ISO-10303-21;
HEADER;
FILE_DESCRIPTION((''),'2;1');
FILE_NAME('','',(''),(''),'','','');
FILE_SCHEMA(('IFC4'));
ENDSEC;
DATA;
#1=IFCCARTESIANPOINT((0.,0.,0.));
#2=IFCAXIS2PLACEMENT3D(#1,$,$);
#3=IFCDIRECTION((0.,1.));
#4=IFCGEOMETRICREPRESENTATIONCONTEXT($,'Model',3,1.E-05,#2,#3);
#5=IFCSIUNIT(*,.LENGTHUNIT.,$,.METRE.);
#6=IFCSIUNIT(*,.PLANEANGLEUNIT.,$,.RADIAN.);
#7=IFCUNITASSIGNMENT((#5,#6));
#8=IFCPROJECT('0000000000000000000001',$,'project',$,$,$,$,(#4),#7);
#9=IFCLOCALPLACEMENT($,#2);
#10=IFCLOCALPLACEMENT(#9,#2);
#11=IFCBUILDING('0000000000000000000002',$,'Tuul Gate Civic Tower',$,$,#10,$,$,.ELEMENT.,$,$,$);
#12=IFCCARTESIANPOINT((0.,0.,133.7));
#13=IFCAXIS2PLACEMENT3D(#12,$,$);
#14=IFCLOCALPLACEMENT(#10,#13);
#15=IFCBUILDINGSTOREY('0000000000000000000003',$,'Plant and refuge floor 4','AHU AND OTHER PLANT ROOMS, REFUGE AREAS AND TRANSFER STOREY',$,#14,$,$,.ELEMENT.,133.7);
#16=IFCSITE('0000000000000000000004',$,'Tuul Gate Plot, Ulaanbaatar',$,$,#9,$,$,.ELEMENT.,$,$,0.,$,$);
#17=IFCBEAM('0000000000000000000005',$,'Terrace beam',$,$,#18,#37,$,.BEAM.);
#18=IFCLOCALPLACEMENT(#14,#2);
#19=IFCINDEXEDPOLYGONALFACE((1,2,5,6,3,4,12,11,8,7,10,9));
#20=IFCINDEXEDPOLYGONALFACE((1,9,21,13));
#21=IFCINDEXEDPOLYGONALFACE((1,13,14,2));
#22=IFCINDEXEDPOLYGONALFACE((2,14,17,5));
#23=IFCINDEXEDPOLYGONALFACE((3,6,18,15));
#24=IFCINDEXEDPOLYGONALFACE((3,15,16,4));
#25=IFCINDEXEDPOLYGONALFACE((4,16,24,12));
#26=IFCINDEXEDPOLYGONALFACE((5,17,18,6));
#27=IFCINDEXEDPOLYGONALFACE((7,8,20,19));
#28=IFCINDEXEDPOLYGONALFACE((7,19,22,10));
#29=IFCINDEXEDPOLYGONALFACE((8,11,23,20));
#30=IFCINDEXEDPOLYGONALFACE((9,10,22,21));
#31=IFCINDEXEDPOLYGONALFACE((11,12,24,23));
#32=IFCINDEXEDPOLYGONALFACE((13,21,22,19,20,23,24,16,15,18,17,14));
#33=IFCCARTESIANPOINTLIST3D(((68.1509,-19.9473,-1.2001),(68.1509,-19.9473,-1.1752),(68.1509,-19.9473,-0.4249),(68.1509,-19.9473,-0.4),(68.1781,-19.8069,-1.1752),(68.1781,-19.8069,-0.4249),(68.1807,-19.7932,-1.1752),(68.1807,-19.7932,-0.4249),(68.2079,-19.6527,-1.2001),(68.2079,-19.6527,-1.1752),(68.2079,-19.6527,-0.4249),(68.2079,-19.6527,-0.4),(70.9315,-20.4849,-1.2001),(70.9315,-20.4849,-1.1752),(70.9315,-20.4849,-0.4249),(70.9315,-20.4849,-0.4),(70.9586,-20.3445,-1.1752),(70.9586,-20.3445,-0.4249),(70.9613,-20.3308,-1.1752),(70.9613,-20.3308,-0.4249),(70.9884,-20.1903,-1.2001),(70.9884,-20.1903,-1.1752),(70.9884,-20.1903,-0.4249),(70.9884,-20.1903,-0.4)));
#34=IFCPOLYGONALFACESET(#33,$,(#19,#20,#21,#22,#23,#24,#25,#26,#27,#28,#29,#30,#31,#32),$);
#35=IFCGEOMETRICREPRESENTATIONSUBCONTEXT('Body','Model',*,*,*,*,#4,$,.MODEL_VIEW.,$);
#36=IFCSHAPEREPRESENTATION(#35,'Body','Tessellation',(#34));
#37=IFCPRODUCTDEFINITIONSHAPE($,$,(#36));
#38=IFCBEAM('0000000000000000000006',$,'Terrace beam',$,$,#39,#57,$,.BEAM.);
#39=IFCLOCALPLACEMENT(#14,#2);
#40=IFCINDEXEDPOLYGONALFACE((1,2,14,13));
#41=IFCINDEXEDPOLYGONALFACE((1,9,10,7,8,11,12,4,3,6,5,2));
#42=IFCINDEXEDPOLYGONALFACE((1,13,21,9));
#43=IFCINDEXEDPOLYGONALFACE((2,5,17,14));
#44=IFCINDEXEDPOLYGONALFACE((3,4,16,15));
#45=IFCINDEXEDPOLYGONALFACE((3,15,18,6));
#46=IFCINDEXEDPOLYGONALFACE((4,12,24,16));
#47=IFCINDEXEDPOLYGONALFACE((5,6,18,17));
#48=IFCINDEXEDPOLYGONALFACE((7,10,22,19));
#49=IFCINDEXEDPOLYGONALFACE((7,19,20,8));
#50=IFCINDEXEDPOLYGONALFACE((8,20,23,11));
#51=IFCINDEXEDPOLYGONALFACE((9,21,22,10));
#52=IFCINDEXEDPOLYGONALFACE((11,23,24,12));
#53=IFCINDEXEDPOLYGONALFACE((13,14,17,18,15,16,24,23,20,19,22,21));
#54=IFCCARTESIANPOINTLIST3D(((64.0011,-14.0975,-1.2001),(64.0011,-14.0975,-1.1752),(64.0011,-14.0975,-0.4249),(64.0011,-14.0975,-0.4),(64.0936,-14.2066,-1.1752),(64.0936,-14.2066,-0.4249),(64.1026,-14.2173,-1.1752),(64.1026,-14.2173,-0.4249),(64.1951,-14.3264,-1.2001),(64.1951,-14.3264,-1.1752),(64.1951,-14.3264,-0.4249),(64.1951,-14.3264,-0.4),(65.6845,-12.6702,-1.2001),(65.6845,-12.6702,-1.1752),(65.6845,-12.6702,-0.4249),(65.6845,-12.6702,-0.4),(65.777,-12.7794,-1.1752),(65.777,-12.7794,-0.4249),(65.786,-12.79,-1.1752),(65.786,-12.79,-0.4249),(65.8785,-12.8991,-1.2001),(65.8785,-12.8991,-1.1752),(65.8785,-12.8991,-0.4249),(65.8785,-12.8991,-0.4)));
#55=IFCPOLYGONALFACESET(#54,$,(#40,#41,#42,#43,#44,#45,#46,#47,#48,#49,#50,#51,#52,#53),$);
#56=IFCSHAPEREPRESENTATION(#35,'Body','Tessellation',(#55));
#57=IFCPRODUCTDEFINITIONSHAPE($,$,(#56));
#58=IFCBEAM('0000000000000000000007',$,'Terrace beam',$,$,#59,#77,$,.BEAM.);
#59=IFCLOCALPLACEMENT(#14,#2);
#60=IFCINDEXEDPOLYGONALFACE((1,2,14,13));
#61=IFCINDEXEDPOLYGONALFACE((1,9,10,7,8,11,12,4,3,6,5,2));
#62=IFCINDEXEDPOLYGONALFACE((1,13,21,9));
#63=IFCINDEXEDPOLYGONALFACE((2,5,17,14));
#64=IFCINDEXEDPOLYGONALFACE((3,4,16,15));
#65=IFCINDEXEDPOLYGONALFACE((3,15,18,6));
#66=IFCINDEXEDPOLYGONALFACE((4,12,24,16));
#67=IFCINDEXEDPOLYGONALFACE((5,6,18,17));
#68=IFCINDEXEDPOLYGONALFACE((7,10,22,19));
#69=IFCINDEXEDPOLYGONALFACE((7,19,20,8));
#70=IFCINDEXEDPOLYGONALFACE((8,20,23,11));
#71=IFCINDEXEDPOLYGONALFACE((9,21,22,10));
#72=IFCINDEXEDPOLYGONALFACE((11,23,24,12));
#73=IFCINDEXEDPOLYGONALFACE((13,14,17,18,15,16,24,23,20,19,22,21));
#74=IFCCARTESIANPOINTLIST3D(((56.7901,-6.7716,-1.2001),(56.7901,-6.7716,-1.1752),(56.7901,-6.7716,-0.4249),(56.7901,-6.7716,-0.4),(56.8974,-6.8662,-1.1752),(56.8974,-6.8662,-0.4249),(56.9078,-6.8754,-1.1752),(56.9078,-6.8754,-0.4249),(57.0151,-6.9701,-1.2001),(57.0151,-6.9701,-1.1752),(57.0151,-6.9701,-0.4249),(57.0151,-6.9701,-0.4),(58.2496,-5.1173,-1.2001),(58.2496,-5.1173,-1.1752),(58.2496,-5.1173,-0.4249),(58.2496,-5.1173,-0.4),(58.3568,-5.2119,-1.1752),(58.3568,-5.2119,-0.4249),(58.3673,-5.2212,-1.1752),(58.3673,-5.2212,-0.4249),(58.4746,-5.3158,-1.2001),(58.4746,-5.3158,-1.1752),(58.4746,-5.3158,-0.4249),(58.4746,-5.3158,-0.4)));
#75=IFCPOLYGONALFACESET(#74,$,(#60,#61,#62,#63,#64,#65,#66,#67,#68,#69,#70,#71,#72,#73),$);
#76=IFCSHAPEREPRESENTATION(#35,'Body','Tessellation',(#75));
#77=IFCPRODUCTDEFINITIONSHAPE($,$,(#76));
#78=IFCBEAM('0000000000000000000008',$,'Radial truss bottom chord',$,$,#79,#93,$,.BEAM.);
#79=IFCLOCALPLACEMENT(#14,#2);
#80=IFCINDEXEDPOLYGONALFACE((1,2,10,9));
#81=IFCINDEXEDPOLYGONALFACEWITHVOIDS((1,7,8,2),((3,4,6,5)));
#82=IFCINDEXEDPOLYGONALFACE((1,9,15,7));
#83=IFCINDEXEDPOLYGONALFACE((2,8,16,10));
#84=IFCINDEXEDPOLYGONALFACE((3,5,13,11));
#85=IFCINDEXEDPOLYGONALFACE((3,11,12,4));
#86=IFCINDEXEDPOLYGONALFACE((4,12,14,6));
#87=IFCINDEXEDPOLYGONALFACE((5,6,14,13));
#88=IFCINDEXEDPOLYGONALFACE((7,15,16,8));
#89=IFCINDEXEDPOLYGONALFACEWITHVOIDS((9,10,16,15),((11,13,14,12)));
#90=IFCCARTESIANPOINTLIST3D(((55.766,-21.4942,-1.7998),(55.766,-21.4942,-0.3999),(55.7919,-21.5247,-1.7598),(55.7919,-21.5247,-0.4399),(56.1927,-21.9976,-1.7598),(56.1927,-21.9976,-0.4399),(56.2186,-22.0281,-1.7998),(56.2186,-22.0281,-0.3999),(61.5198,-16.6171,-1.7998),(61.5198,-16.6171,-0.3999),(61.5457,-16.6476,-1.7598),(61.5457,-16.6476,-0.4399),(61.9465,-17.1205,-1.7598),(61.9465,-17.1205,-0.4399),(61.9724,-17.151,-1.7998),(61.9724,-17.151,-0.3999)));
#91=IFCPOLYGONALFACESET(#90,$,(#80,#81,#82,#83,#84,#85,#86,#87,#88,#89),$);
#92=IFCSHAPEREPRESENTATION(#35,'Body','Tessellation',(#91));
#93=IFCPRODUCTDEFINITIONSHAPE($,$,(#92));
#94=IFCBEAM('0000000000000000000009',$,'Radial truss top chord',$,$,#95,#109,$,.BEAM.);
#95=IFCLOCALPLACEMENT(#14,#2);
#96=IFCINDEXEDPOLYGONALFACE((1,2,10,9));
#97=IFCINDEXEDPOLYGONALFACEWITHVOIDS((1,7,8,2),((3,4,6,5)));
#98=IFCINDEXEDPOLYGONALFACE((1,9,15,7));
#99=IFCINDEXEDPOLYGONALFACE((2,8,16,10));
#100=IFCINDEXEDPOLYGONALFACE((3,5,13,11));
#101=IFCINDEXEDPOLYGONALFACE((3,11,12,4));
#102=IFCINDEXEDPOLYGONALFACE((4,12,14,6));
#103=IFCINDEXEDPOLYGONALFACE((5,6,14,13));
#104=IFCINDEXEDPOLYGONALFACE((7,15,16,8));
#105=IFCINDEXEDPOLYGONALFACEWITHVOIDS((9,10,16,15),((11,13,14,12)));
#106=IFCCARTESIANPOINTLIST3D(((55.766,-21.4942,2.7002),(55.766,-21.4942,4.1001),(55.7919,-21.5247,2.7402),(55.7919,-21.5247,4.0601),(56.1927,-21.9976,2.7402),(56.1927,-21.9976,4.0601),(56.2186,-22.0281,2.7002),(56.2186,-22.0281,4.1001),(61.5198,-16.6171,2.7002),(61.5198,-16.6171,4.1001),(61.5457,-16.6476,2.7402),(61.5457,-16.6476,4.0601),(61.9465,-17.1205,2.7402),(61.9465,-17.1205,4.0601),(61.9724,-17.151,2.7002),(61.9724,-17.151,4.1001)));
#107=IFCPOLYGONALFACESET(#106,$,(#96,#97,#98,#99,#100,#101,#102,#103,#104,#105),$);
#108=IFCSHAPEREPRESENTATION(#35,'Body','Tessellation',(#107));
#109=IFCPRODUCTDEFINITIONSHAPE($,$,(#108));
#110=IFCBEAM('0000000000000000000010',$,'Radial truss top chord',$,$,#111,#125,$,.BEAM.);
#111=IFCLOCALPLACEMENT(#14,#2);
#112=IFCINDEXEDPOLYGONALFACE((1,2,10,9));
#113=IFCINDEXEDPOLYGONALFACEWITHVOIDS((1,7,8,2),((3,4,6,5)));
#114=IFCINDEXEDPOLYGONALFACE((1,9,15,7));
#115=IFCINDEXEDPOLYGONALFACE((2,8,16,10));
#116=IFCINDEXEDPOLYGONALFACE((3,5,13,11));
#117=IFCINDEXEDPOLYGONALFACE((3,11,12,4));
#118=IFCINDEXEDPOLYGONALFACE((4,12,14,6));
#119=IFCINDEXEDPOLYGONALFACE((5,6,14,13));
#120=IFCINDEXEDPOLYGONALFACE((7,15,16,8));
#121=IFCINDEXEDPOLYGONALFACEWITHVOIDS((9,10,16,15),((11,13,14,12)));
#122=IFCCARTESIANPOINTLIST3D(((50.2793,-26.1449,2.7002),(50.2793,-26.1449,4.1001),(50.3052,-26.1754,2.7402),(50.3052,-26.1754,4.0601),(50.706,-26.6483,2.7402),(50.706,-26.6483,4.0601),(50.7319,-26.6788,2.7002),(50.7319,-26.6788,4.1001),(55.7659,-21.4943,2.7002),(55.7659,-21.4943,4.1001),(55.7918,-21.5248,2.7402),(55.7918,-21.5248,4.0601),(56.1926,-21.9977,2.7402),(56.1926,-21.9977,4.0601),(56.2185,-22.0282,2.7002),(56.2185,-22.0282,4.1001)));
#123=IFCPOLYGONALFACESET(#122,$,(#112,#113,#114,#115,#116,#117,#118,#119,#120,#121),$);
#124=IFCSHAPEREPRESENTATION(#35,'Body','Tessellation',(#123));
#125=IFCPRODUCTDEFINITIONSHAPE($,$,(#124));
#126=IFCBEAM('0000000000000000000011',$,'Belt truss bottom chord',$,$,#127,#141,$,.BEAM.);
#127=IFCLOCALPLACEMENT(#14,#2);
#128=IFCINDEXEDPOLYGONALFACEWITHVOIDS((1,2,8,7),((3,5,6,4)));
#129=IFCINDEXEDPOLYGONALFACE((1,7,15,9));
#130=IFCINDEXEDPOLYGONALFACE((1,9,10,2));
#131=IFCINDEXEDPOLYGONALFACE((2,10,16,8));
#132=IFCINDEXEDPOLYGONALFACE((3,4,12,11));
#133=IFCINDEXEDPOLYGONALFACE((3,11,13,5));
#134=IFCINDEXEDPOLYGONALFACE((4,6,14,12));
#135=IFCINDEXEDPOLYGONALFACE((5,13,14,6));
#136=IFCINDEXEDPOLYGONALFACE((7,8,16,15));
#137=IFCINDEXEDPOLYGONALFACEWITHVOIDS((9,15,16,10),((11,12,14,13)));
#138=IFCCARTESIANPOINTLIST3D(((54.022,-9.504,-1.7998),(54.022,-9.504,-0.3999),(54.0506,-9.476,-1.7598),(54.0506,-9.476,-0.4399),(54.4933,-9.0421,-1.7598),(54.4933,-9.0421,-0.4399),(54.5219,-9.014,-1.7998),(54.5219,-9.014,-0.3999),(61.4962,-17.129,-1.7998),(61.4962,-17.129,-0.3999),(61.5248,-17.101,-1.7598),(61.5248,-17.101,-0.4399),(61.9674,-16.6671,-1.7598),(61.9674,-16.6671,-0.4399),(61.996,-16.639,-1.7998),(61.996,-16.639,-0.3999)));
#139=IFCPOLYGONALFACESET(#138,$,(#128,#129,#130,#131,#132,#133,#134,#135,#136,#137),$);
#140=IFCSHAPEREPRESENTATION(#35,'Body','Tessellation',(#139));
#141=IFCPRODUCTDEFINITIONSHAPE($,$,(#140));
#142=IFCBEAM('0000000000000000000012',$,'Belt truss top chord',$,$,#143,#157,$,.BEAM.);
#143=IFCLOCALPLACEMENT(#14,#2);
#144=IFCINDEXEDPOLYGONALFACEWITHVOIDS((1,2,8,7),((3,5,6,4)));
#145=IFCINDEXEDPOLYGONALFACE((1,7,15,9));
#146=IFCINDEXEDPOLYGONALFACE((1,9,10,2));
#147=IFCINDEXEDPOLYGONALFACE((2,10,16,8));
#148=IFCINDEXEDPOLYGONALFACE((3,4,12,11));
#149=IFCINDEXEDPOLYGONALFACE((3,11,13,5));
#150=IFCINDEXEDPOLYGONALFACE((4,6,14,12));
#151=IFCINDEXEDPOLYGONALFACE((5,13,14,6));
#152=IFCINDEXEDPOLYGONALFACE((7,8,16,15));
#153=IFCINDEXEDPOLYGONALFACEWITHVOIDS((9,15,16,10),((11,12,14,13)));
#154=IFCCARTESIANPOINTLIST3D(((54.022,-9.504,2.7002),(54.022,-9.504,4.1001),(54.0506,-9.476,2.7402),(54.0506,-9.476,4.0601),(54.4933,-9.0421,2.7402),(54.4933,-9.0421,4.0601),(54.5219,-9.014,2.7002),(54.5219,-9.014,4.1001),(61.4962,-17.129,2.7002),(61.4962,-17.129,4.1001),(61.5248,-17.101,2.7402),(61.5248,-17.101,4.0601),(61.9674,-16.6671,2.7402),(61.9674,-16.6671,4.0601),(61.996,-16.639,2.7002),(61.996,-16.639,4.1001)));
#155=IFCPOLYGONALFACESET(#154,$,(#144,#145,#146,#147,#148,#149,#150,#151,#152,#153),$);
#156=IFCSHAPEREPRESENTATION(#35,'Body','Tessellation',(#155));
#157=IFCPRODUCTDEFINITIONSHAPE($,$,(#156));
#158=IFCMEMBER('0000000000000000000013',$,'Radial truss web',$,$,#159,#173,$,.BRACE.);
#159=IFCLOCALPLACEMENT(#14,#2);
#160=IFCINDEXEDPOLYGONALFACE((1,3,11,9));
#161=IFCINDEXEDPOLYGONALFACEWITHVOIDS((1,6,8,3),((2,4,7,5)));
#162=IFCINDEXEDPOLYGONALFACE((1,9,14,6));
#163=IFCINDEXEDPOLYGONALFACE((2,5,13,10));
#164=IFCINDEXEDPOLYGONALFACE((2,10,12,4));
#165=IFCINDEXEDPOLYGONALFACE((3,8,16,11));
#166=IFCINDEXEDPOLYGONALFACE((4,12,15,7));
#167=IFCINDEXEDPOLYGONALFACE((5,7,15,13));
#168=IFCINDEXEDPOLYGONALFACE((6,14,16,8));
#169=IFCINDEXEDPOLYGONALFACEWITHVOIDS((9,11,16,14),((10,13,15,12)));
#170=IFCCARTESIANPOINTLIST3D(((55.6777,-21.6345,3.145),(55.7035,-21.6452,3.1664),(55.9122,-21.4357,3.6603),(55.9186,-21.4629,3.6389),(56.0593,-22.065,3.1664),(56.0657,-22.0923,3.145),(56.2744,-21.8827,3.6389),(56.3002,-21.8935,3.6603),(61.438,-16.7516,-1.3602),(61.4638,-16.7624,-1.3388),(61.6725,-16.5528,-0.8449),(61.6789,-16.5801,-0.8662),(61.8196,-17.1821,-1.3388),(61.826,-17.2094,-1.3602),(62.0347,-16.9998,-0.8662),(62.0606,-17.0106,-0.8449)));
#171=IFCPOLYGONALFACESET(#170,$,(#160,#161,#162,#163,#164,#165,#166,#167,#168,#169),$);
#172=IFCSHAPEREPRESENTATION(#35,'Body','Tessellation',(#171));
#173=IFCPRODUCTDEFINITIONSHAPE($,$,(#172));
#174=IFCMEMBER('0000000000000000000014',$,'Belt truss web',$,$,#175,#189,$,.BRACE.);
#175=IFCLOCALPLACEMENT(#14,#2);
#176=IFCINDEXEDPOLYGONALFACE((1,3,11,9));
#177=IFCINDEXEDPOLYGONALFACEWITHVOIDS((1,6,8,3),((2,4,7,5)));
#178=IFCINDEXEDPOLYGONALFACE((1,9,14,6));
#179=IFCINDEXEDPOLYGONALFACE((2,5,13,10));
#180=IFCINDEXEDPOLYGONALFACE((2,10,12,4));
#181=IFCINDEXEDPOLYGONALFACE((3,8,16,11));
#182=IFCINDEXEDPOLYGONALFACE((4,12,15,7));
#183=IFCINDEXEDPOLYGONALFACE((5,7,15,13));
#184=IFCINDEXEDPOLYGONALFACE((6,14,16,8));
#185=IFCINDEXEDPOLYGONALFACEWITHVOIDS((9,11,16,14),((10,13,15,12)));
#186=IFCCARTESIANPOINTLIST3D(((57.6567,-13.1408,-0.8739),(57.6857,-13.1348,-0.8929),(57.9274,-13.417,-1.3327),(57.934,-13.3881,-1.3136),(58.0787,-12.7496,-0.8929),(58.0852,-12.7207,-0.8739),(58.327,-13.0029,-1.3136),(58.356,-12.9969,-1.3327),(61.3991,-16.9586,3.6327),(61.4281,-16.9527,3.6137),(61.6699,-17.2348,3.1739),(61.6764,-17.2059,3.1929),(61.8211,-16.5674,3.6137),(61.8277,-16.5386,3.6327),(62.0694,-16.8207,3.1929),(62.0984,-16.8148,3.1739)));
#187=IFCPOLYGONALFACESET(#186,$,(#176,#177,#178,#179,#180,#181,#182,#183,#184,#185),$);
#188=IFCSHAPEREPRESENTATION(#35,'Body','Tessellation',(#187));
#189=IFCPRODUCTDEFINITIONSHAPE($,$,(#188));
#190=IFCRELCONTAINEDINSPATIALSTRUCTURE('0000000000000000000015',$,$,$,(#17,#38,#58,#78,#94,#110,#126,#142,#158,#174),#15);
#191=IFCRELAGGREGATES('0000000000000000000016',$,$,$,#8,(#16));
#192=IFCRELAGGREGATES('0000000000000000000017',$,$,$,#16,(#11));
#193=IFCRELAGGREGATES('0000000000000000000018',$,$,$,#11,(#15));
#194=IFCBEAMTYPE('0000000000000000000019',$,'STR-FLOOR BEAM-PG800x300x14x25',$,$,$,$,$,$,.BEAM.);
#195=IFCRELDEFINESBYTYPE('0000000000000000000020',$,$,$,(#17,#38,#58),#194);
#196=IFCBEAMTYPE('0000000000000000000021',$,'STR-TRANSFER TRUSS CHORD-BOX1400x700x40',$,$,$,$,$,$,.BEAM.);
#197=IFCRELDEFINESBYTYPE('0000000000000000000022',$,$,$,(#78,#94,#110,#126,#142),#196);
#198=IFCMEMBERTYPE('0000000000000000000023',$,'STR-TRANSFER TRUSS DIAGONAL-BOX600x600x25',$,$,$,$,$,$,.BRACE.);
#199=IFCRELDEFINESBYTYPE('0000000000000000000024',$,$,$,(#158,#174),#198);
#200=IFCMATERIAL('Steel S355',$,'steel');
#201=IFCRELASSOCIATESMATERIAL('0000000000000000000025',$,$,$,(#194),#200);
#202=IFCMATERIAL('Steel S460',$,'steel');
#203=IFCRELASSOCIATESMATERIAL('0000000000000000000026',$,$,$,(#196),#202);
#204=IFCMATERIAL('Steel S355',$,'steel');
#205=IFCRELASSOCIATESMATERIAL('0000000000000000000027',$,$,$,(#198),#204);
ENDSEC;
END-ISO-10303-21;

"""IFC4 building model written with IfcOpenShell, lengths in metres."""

from ifc_helpers import new_model, si_unit, direction, frame, origin, origin_2d, place, context, subcontext, project, spatial, hollow_rectangle, i_section, extrude, material, material_profile, profile_set, type_object, element, save


model = new_model("IFC4")

# Units and contexts
model_context = context("Model", 3, precision=1e-05, world=origin(), true_north=direction((0.0, 1.0)))
body_context = subcontext(model_context, "Body", "Model", "MODEL_VIEW")
ifc_project = project(units=[si_unit("LENGTHUNIT", "METRE"), si_unit("PLANEANGLEUNIT", "RADIAN")], contexts=[model_context])

# Site, building, storey
site_placement = place(None, origin())
site = spatial("IfcSite", under=ifc_project, at=site_placement, Name="Tuul Gate Plot, Ulaanbaatar", CompositionType="ELEMENT", RefElevation=0.0)
building_placement = place(site_placement, origin())
building = spatial("IfcBuilding", under=site, at=building_placement, Name="Tuul Gate Civic Tower", CompositionType="ELEMENT")
storey_placement = place(building_placement, frame((0.0, 0.0, 133.7)))
storey = spatial("IfcBuildingStorey", under=building, at=storey_placement, Name="Plant and refuge floor 4", Description="AHU AND OTHER PLANT ROOMS, REFUGE AREAS AND TRANSFER STOREY", CompositionType="ELEMENT", Elevation=133.7)

# Beams
ifc_material_1 = material(Name="Steel S355", Category="steel")
ifc_material_profile_1 = material_profile(ifc_material_1, i_section(OverallWidth=0.3, OverallDepth=0.8, WebThickness=0.0139, FlangeThickness=0.0249, at=origin_2d()), Name="PG800x300x14x25")
ifc_profile_set_1 = profile_set([ifc_material_profile_1], Name="Steel S355")
beam_type_1 = type_object("IfcBeamType", Name="STR-FLOOR BEAM-PG800x300x14x25", PredefinedType="BEAM", material=ifc_profile_set_1)
beam_1_placement = place(storey_placement, frame((70.96, -20.3376, -0.8), z_axis=(-0.981817, 0.189829, 0.0), x_axis=(-0.189829, -0.981817, 0.0)))
element("IfcBeam", 1, at=beam_1_placement, inside=storey, type_object=beam_type_1, Name="Terrace beam", PredefinedType="BEAM", context=body_context, shape_type="SweptSolid", body=[
    extrude(i_section(OverallWidth=0.3, OverallDepth=0.8, WebThickness=0.0139, FlangeThickness=0.0249, at=origin_2d()), origin(), (0.0, 0.0, 1.0), 2.832),
])
beam_2_placement = place(storey_placement, frame((65.7815, -12.7847, -0.8), z_axis=(-0.762744, -0.646701, 0.0), x_axis=(0.646701, -0.762744, 0.0)))
element("IfcBeam", 2, at=beam_2_placement, inside=storey, type_object=beam_type_1, Name="Terrace beam", PredefinedType="BEAM", context=body_context, shape_type="SweptSolid", body=[
    extrude(i_section(OverallWidth=0.3, OverallDepth=0.8, WebThickness=0.0139, FlangeThickness=0.0249, at=origin_2d()), origin(), (0.0, 0.0, 1.0), 2.207),
])
beam_3_placement = place(storey_placement, frame((58.3621, -5.2166, -0.8), z_axis=(-0.66157, -0.749883, 0.0), x_axis=(0.749883, -0.66157, 0.0)))
element("IfcBeam", 3, at=beam_3_placement, inside=storey, type_object=beam_type_1, Name="Terrace beam", PredefinedType="BEAM", context=body_context, shape_type="SweptSolid", body=[
    extrude(i_section(OverallWidth=0.3, OverallDepth=0.8, WebThickness=0.0139, FlangeThickness=0.0249, at=origin_2d()), origin(), (0.0, 0.0, 1.0), 2.2061),
])
ifc_material_2 = material(Name="Steel S460", Category="steel")
ifc_material_profile_2 = material_profile(ifc_material_2, hollow_rectangle(XDim=0.7, YDim=1.3999, WallThickness=0.04, at=origin_2d()), Name="BOX1400x700x40")
ifc_profile_set_2 = profile_set([ifc_material_profile_2], Name="Steel S460")
beam_type_2 = type_object("IfcBeamType", Name="STR-TRANSFER TRUSS CHORD-BOX1400x700x40", PredefinedType="BEAM", material=ifc_profile_set_2)
for number, where, z_axis, x_axis, name in (
    (4, (61.7461, -16.884, -1.0999), (-0.76283, -0.646599, 0.0), (0.646599, -0.76283, 0.0), "Radial truss bottom chord"),
    (5, (61.7461, -16.884, 3.4001), (-0.76283, -0.646599, 0.0), (0.646599, -0.76283, 0.0), "Radial truss top chord"),
):
    element("IfcBeam", number, at=place(storey_placement, frame(where, z_axis=z_axis, x_axis=x_axis)), inside=storey, type_object=beam_type_2, Name=name, PredefinedType="BEAM", context=body_context, shape_type="SweptSolid", body=[
        extrude(hollow_rectangle(XDim=0.7, YDim=1.3999, WallThickness=0.04, at=origin_2d()), origin(), (0.0, 0.0, 1.0), 7.5427),
    ])
beam_4_placement = place(storey_placement, frame((55.9922, -21.7612, 3.4001), z_axis=(-0.762827, -0.646602, 0.0), x_axis=(0.646602, -0.762827, 0.0)))
element("IfcBeam", 6, at=beam_4_placement, inside=storey, type_object=beam_type_2, Name="Radial truss top chord", PredefinedType="BEAM", context=body_context, shape_type="SweptSolid", body=[
    extrude(hollow_rectangle(XDim=0.7, YDim=1.3999, WallThickness=0.04, at=origin_2d()), origin(), (0.0, 0.0, 1.0), 7.1924),
])
for number, where, z_axis, x_axis, name in (
    (7, (61.7461, -16.884, -1.0999), (-0.700006, 0.714137, 0.0), (-0.714137, -0.700006, 0.0), "Belt truss bottom chord"),
    (8, (61.7461, -16.884, 3.4001), (-0.700006, 0.714137, 0.0), (-0.714137, -0.700006, 0.0), "Belt truss top chord"),
):
    element("IfcBeam", number, at=place(storey_placement, frame(where, z_axis=z_axis, x_axis=x_axis)), inside=storey, type_object=beam_type_2, Name=name, PredefinedType="BEAM", context=body_context, shape_type="SweptSolid", body=[
        extrude(hollow_rectangle(XDim=0.7, YDim=1.3999, WallThickness=0.04, at=origin_2d()), origin(), (0.0, 0.0, 1.0), 10.6772),
    ])

# Members
ifc_material_3 = material(Name="Steel S355", Category="steel")
ifc_material_profile_3 = material_profile(ifc_material_3, hollow_rectangle(XDim=0.6001, YDim=0.6001, WallThickness=0.0249, at=origin_2d()), Name="BOX600x600x25")
ifc_profile_set_3 = profile_set([ifc_material_profile_3], Name="Steel S355")
member_type_1 = type_object("IfcMemberType", Name="STR-TRANSFER TRUSS DIAGONAL-BOX600x600x25", PredefinedType="BRACE", material=ifc_profile_set_3)
member_1_placement = place(storey_placement, frame((61.7493, -16.8811, -1.1025), z_axis=(-0.655088, -0.555301, 0.512348), x_axis=(0.646617, -0.762815, 0.0)))
element("IfcMember", 9, at=member_1_placement, inside=storey, type_object=member_type_1, Name="Radial truss web", PredefinedType="BRACE", context=body_context, shape_type="SweptSolid", body=[
    extrude(hollow_rectangle(XDim=0.6001, YDim=0.6001, WallThickness=0.0249, at=origin_2d()), origin(), (0.0, 0.0, 1.0), 8.7932),
])
for number, where, z_axis, x_axis, name in (
    (10, (58.0063, -13.0688, -1.1033), (0.535227, -0.546016, 0.644514), (0.714127, 0.700016, 0.0), "Belt truss web"),
):
    element("IfcMember", number, at=place(storey_placement, frame(where, z_axis=z_axis, x_axis=x_axis)), inside=storey, type_object=member_type_1, Name=name, PredefinedType="BRACE", context=body_context, shape_type="SweptSolid", body=[
        extrude(hollow_rectangle(XDim=0.6001, YDim=0.6001, WallThickness=0.0249, at=origin_2d()), origin(), (0.0, 0.0, 1.0), 6.9922),
    ])

save(model, "model.ifc")
